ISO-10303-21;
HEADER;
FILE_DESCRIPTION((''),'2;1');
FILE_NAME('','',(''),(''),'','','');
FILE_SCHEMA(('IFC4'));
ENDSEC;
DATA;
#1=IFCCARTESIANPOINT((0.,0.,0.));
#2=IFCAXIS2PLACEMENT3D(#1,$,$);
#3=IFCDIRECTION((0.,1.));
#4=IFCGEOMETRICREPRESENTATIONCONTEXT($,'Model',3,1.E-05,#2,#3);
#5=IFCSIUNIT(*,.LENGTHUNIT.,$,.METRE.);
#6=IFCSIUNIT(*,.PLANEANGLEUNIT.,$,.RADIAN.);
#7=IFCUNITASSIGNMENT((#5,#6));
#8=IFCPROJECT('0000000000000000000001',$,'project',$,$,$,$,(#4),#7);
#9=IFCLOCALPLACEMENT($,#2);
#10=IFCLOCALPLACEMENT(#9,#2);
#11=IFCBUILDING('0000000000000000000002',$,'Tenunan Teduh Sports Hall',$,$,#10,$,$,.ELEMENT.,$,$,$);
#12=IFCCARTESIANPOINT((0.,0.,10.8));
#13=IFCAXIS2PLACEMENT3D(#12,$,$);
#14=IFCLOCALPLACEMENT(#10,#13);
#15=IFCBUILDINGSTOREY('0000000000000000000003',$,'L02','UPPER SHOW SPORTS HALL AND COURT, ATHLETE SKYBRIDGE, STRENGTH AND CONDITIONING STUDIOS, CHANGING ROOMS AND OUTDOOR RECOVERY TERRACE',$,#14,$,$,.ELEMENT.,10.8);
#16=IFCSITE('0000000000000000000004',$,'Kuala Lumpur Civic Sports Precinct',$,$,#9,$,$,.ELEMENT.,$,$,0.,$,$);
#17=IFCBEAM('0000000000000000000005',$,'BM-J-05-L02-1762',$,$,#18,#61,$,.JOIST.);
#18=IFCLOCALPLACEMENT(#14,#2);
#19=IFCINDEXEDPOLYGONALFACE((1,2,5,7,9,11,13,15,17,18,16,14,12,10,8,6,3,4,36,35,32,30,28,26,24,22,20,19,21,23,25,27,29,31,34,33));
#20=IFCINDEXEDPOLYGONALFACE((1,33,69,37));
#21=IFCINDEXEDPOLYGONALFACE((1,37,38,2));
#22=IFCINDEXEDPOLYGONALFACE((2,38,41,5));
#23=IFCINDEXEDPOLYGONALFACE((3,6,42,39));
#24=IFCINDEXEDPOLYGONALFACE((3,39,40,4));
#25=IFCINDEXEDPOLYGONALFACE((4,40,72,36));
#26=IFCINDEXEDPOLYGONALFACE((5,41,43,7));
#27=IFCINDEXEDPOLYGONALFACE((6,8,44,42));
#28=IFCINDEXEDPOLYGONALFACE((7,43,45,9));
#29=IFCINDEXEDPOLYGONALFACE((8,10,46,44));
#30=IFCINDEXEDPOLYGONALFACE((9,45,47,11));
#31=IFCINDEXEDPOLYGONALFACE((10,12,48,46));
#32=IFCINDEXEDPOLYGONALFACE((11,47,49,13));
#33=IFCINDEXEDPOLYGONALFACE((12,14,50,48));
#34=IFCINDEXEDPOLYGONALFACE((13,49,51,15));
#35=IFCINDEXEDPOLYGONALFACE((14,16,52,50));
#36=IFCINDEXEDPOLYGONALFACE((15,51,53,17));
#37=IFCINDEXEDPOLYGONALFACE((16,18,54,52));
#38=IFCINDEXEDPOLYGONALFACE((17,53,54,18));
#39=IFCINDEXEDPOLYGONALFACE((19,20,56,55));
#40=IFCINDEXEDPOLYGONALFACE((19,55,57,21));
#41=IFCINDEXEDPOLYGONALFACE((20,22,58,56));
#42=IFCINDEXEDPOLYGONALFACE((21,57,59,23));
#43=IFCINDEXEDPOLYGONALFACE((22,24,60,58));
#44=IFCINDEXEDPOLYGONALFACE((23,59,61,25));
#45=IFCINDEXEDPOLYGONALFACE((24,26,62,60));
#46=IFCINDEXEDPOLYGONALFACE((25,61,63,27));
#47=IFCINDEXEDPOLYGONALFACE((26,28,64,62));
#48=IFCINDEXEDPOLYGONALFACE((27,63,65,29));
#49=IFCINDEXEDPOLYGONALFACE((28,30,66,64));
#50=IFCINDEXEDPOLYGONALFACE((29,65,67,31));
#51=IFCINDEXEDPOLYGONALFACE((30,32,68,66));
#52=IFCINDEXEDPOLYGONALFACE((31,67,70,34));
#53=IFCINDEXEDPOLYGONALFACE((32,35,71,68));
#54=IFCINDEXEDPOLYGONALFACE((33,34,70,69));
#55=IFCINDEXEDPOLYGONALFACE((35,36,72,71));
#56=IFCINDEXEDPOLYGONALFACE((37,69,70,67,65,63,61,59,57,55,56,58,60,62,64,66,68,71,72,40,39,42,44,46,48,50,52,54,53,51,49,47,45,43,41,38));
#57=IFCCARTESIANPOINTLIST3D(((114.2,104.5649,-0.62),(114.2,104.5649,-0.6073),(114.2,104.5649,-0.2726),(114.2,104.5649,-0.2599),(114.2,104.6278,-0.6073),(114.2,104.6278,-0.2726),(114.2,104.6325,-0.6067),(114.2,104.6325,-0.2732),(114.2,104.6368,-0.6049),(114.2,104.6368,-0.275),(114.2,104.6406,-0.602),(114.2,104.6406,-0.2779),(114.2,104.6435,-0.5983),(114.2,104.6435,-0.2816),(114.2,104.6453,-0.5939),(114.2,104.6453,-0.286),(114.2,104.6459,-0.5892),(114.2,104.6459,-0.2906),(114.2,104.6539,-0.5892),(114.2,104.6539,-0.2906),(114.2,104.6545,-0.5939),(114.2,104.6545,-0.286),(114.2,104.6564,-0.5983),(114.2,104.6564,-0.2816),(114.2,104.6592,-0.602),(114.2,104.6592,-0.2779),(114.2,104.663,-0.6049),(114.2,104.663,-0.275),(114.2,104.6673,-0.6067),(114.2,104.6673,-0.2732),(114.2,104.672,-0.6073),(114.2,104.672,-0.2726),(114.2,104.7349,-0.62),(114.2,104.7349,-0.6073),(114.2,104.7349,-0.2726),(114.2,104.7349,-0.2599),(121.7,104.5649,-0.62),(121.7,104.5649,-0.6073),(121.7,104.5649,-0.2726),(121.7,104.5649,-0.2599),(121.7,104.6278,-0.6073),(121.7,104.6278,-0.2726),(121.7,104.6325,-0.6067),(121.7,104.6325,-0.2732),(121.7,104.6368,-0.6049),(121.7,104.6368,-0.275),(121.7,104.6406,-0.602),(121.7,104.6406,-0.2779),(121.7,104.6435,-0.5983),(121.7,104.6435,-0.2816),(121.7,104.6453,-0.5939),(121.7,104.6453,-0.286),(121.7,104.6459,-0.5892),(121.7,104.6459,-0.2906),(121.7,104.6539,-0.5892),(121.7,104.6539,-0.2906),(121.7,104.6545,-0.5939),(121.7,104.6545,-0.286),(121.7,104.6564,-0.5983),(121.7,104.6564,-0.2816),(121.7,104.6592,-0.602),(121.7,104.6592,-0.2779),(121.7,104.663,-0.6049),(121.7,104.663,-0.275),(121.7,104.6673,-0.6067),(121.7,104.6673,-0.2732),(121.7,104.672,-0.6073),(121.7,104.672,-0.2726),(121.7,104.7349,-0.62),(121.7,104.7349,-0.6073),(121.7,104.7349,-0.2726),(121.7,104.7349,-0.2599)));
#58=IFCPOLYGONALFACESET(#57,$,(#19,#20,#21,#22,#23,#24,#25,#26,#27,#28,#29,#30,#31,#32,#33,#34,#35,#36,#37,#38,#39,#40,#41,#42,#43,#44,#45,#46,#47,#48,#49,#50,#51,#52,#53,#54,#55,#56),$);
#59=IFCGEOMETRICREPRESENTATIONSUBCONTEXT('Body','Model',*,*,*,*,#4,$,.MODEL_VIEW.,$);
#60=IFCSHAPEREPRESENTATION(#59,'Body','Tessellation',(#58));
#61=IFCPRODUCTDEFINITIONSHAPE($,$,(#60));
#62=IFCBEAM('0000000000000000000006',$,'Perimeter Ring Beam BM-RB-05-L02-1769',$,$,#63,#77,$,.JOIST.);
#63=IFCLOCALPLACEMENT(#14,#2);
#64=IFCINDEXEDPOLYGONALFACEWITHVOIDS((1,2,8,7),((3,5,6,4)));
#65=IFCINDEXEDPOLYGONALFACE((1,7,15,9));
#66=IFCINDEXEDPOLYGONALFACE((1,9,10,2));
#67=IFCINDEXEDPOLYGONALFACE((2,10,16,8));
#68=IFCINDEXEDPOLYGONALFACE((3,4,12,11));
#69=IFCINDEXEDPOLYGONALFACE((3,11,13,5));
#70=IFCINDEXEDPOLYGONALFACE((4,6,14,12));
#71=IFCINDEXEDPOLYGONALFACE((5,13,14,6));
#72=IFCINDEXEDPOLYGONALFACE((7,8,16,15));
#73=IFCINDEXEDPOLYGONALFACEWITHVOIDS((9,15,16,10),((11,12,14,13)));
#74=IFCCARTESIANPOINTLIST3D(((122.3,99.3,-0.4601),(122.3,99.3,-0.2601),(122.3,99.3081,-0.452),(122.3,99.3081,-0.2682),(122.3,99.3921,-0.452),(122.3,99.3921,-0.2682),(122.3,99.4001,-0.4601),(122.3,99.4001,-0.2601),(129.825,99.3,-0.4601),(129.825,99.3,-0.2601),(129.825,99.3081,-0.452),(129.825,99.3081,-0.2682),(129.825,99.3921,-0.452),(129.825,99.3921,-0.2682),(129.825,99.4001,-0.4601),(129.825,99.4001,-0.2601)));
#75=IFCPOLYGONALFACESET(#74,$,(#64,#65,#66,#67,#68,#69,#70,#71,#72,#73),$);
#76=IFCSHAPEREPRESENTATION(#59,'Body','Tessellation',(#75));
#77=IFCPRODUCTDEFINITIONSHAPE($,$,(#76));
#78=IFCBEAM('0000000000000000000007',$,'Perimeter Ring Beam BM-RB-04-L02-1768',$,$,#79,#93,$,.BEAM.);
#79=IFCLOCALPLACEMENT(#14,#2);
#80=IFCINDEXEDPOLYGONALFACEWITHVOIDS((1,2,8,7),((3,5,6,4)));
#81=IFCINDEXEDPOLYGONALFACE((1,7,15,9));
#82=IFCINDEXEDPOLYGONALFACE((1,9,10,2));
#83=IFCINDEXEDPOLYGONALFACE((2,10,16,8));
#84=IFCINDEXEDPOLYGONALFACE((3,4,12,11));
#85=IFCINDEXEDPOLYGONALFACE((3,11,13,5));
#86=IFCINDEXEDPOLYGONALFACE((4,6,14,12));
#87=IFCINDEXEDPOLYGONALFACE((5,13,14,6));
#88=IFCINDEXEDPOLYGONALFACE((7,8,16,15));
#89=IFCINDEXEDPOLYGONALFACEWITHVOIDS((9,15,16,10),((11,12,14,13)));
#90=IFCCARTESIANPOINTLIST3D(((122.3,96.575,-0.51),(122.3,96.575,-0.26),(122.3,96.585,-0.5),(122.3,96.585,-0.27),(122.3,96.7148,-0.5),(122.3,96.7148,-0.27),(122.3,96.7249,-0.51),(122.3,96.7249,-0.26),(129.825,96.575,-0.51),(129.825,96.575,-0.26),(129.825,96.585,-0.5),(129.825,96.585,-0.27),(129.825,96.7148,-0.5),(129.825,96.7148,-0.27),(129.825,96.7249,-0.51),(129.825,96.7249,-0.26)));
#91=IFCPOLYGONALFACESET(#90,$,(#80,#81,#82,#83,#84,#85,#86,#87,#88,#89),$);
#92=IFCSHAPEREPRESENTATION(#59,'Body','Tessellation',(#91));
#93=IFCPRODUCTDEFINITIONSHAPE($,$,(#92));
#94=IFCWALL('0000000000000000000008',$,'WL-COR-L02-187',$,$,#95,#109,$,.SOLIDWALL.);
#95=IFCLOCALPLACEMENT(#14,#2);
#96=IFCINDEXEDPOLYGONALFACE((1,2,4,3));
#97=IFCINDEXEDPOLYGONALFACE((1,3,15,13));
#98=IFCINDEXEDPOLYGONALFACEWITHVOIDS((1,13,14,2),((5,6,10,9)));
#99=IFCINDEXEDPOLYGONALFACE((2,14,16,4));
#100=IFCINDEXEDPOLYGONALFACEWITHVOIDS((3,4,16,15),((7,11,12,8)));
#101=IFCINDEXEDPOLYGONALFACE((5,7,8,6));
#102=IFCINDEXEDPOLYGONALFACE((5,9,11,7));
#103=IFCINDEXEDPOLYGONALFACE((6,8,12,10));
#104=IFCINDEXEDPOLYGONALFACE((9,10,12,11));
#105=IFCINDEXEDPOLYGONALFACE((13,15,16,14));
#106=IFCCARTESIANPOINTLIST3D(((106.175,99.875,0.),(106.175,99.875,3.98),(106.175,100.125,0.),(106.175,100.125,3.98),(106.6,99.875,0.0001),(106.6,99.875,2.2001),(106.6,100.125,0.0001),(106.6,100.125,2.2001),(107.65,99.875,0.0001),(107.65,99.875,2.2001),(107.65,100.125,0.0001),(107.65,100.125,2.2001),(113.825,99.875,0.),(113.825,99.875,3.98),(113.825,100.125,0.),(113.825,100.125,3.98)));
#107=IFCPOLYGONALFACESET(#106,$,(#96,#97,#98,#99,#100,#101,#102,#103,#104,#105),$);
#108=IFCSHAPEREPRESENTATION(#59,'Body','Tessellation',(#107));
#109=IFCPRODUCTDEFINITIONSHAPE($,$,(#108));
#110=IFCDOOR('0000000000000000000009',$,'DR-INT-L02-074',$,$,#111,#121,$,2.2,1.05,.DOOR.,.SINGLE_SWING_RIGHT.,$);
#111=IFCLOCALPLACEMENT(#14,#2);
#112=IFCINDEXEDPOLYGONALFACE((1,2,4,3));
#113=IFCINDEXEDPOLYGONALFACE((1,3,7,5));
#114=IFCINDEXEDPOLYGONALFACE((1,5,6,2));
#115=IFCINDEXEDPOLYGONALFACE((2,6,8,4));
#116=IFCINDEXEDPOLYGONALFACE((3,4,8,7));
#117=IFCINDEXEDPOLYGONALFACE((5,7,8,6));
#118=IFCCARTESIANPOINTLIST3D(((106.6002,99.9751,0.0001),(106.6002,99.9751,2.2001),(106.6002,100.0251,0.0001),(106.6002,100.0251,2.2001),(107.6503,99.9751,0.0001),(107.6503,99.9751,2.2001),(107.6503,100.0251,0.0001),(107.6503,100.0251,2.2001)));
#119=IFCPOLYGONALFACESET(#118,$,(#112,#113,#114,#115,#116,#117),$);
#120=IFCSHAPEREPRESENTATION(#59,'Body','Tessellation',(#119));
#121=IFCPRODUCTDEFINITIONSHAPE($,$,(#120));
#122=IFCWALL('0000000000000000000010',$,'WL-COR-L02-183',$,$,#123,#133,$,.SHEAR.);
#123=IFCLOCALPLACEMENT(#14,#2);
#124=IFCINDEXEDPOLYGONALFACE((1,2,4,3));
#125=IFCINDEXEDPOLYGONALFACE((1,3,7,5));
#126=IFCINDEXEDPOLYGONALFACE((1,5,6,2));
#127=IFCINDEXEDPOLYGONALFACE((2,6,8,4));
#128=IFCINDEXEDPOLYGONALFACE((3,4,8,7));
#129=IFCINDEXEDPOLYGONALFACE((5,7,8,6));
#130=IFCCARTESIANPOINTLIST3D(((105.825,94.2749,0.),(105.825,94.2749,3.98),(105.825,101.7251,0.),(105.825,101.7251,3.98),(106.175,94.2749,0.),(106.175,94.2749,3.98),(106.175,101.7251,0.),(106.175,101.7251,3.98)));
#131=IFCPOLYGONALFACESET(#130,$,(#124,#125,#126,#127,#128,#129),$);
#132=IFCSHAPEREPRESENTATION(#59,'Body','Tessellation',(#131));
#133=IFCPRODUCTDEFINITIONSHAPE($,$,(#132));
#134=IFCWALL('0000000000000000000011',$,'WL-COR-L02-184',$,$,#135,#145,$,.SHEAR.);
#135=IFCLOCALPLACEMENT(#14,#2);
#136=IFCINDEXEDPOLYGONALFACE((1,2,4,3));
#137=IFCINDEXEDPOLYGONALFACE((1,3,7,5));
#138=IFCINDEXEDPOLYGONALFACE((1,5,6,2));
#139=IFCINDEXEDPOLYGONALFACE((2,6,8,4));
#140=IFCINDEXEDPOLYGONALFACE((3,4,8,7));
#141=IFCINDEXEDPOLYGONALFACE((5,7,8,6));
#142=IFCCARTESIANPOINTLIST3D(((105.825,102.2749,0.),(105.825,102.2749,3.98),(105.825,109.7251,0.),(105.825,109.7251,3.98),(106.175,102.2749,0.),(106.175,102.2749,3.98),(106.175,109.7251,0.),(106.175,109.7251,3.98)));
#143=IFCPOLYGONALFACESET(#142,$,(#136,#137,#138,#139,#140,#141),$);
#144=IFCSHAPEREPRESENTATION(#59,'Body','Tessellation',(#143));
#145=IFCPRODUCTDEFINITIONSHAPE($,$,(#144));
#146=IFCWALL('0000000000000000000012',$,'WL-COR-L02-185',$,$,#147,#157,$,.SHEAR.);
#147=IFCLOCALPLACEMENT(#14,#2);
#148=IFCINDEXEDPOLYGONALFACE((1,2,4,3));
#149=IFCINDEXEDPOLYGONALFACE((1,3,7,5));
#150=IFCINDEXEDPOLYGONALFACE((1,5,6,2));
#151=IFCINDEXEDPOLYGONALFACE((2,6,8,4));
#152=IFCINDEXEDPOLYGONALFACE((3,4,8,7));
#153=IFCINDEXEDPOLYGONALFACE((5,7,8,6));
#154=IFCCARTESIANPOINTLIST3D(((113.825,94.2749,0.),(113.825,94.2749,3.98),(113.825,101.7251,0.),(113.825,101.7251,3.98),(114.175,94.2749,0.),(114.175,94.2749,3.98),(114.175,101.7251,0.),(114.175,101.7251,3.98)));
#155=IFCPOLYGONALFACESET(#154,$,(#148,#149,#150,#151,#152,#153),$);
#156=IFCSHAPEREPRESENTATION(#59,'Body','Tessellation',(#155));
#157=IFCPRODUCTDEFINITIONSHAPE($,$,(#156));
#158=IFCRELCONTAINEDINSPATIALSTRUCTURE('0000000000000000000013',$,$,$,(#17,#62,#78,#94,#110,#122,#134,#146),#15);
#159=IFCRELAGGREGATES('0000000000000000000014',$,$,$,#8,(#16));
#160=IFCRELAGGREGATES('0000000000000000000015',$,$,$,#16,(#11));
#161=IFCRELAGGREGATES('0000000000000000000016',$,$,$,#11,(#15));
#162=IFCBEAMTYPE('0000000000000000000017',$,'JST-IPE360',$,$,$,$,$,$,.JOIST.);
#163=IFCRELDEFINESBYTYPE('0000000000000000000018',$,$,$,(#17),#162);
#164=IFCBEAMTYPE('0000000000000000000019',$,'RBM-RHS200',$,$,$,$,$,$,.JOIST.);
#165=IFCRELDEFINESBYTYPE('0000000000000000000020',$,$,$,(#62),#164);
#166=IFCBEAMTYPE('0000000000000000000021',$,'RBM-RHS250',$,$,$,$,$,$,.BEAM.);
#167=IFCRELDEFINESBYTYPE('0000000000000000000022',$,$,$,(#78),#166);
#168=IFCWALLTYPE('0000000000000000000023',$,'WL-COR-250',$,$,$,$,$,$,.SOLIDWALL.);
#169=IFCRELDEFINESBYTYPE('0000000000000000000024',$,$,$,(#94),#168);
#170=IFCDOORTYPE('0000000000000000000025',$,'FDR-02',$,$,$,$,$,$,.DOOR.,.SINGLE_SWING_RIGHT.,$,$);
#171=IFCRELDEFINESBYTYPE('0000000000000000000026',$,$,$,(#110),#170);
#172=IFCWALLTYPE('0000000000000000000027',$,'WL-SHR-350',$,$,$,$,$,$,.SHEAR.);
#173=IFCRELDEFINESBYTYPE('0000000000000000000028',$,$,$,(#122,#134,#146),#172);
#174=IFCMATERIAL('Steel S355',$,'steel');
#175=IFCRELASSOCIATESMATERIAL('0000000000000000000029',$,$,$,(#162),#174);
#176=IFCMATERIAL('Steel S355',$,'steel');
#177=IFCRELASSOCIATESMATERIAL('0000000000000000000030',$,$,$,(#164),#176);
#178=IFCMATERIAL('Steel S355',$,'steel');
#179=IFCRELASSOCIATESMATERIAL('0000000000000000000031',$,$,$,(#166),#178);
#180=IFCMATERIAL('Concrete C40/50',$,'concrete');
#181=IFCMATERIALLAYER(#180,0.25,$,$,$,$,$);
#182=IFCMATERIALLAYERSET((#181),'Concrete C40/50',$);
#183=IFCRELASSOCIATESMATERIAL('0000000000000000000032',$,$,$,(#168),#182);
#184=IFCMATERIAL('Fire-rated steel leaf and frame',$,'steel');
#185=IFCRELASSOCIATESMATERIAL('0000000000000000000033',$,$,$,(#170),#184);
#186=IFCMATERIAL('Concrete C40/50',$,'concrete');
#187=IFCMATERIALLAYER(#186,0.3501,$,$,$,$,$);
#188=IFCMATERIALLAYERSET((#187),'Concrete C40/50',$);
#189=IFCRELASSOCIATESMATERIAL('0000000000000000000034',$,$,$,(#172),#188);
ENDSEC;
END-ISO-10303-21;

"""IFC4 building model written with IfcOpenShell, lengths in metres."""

from ifc_helpers import new_model, si_unit, direction, frame, frame_2d, origin, origin_2d, place, context, subcontext, project, spatial, rectangle, hollow_rectangle, i_section, extrude, material, layer, layer_set, material_profile, profile_set, type_object, element, fill, save


model = new_model("IFC4")

# Units and contexts
model_context = context("Model", 3, precision=1e-05, world=origin(), true_north=direction((0.0, 1.0)))
body_context = subcontext(model_context, "Body", "Model", "MODEL_VIEW")
ifc_project = project(units=[si_unit("LENGTHUNIT", "METRE"), si_unit("PLANEANGLEUNIT", "RADIAN")], contexts=[model_context])

# Site, building, storey
site_placement = place(None, origin())
site = spatial("IfcSite", under=ifc_project, at=site_placement, Name="Kuala Lumpur Civic Sports Precinct", CompositionType="ELEMENT", RefElevation=0.0)
building_placement = place(site_placement, origin())
building = spatial("IfcBuilding", under=site, at=building_placement, Name="Tenunan Teduh Sports Hall", CompositionType="ELEMENT")
storey_placement = place(building_placement, frame((0.0, 0.0, 10.8)))
storey = spatial("IfcBuildingStorey", under=building, at=storey_placement, Name="L02", Description="UPPER SHOW SPORTS HALL AND COURT, ATHLETE SKYBRIDGE, STRENGTH AND CONDITIONING STUDIOS, CHANGING ROOMS AND OUTDOOR RECOVERY TERRACE", CompositionType="ELEMENT", Elevation=10.8)

# Beams
ifc_material_1 = material(Name="Steel S355", Category="steel")
ifc_material_profile_1 = material_profile(ifc_material_1, i_section(OverallWidth=0.1699, OverallDepth=0.3601, WebThickness=0.0081, FlangeThickness=0.0127, FilletRadius=0.0181, at=origin_2d()), Name="IPE 360")
ifc_profile_set_1 = profile_set([ifc_material_profile_1], Name="Steel S355")
beam_type_1 = type_object("IfcBeamType", Name="JST-IPE360", PredefinedType="JOIST", material=ifc_profile_set_1)
beam_1_placement = place(storey_placement, frame((114.2, 104.6499, -0.4399), z_axis=(1.0, 0.0, 0.0), x_axis=(0.0, 1.0, 0.0)))
element("IfcBeam", 1, at=beam_1_placement, inside=storey, type_object=beam_type_1, Name="BM-J-05-L02-1762", PredefinedType="JOIST", context=body_context, shape_type="SweptSolid", body=[
    extrude(i_section(OverallWidth=0.1699, OverallDepth=0.3601, WebThickness=0.0081, FlangeThickness=0.0127, FilletRadius=0.0181, at=origin_2d()), origin(), (0.0, 0.0, 1.0), 7.5),
])
ifc_material_2 = material(Name="Steel S355", Category="steel")
ifc_material_profile_2 = material_profile(ifc_material_2, hollow_rectangle(XDim=0.1001, YDim=0.2, WallThickness=0.0081, at=origin_2d()), Name="RHS 200x100x8.0")
ifc_profile_set_2 = profile_set([ifc_material_profile_2], Name="Steel S355")
beam_type_2 = type_object("IfcBeamType", Name="RBM-RHS200", PredefinedType="JOIST", material=ifc_profile_set_2)
beam_2_placement = place(storey_placement, frame((122.3, 99.3501, -0.3601), z_axis=(1.0, 0.0, 0.0), x_axis=(0.0, 1.0, 0.0)))
element("IfcBeam", 2, at=beam_2_placement, inside=storey, type_object=beam_type_2, Name="Perimeter Ring Beam BM-RB-05-L02-1769", PredefinedType="JOIST", context=body_context, shape_type="SweptSolid", body=[
    extrude(hollow_rectangle(XDim=0.1001, YDim=0.2, WallThickness=0.0081, at=origin_2d()), origin(), (0.0, 0.0, 1.0), 7.5249),
])
ifc_material_3 = material(Name="Steel S355", Category="steel")
ifc_material_profile_3 = material_profile(ifc_material_3, hollow_rectangle(XDim=0.1499, YDim=0.25, WallThickness=0.01, at=origin_2d()), Name="RHS 250x150x10.0")
ifc_profile_set_3 = profile_set([ifc_material_profile_3], Name="Steel S355")
beam_type_3 = type_object("IfcBeamType", Name="RBM-RHS250", PredefinedType="BEAM", material=ifc_profile_set_3)
beam_3_placement = place(storey_placement, frame((122.3, 96.6499, -0.385), z_axis=(1.0, 0.0, 0.0), x_axis=(0.0, 1.0, 0.0)))
element("IfcBeam", 3, at=beam_3_placement, inside=storey, type_object=beam_type_3, Name="Perimeter Ring Beam BM-RB-04-L02-1768", PredefinedType="BEAM", context=body_context, shape_type="SweptSolid", body=[
    extrude(hollow_rectangle(XDim=0.1499, YDim=0.25, WallThickness=0.01, at=origin_2d()), origin(), (0.0, 0.0, 1.0), 7.5249),
])

# Wall, opening, door
ifc_material_4 = material(Name="Concrete C40/50", Category="concrete")
ifc_layer_1 = layer(ifc_material_4, 0.25)
ifc_layer_set_1 = layer_set([ifc_layer_1], Name="Concrete C40/50")
wall_type_1 = type_object("IfcWallType", Name="WL-COR-250", PredefinedType="SOLIDWALL", material=ifc_layer_set_1)
wall_1_placement = place(storey_placement, frame((106.175, 100.0, 0.0), z_axis=(0.0, 0.0, 1.0), x_axis=(1.0, 0.0, 0.0)))
wall_1 = element("IfcWall", 4, at=wall_1_placement, inside=storey, type_object=wall_type_1, Name="WL-COR-L02-187", PredefinedType="SOLIDWALL", context=body_context, shape_type="SweptSolid", body=[
    extrude(rectangle(XDim=7.6499, YDim=0.25, at=frame_2d((3.825, 0.0))), origin(), (0.0, 0.0, 1.0), 3.98),
])
opening_1_placement = place(wall_1_placement, frame((0.425, 0.0, 0.0)))
opening_1 = element("IfcOpeningElement", 5, at=opening_1_placement, cuts=wall_1, PredefinedType="OPENING", context=body_context, shape_type="SweptSolid", body=[
    extrude(rectangle(XDim=1.05, YDim=2.2, at=frame_2d((0.5249, 1.1001))), frame((0.0, 0.135, 0.0), z_axis=(0.0, -1.0, 0.0), x_axis=(1.0, 0.0, 0.0)), (0.0, 0.0, 1.0), 0.27),
])
ifc_material_5 = material(Name="Fire-rated steel leaf and frame", Category="steel")
door_type_1 = type_object("IfcDoorType", Name="FDR-02", OperationType="SINGLE_SWING_RIGHT", PredefinedType="DOOR", material=ifc_material_5)
door_1_placement = place(opening_1_placement, frame((1.05, 0.0, 0.0), z_axis=(0.0, 0.0, 1.0), x_axis=(-1.0, 0.0, 0.0)))
door_1 = element("IfcDoor", 6, at=door_1_placement, inside=storey, type_object=door_type_1, Name="DR-INT-L02-074", OperationType="SINGLE_SWING_RIGHT", OverallHeight=2.2, OverallWidth=1.05, PredefinedType="DOOR", context=body_context, shape_type="SweptSolid", body=[
    extrude(rectangle(XDim=1.05, YDim=2.2, at=frame_2d((0.5249, 1.1001))), frame((0.0, 0.0249, 0.0), z_axis=(0.0, -1.0, 0.0), x_axis=(1.0, 0.0, 0.0)), (0.0, 0.0, 1.0), 0.05),
])
fill(opening_1, door_1)

# Walls
ifc_material_6 = material(Name="Concrete C40/50", Category="concrete")
ifc_layer_2 = layer(ifc_material_6, 0.3501)
ifc_layer_set_2 = layer_set([ifc_layer_2], Name="Concrete C40/50")
wall_type_2 = type_object("IfcWallType", Name="WL-SHR-350", PredefinedType="SHEAR", material=ifc_layer_set_2)
for number, where, z_axis, x_axis, name in (
    (7, (106.0, 94.2749, 0.0), (0.0, 0.0, 1.0), (0.0, 1.0, 0.0), "WL-COR-L02-183"),
    (8, (106.0, 102.2749, 0.0), (0.0, 0.0, 1.0), (0.0, 1.0, 0.0), "WL-COR-L02-184"),
    (9, (114.0, 94.2749, 0.0), (0.0, 0.0, 1.0), (0.0, 1.0, 0.0), "WL-COR-L02-185"),
):
    element("IfcWall", number, at=place(storey_placement, frame(where, z_axis=z_axis, x_axis=x_axis)), inside=storey, type_object=wall_type_2, Name=name, PredefinedType="SHEAR", context=body_context, shape_type="SweptSolid", body=[
        extrude(rectangle(XDim=7.4502, YDim=0.3501, at=frame_2d((3.7251, 0.0))), origin(), (0.0, 0.0, 1.0), 3.98),
    ])

save(model, "model.ifc")
